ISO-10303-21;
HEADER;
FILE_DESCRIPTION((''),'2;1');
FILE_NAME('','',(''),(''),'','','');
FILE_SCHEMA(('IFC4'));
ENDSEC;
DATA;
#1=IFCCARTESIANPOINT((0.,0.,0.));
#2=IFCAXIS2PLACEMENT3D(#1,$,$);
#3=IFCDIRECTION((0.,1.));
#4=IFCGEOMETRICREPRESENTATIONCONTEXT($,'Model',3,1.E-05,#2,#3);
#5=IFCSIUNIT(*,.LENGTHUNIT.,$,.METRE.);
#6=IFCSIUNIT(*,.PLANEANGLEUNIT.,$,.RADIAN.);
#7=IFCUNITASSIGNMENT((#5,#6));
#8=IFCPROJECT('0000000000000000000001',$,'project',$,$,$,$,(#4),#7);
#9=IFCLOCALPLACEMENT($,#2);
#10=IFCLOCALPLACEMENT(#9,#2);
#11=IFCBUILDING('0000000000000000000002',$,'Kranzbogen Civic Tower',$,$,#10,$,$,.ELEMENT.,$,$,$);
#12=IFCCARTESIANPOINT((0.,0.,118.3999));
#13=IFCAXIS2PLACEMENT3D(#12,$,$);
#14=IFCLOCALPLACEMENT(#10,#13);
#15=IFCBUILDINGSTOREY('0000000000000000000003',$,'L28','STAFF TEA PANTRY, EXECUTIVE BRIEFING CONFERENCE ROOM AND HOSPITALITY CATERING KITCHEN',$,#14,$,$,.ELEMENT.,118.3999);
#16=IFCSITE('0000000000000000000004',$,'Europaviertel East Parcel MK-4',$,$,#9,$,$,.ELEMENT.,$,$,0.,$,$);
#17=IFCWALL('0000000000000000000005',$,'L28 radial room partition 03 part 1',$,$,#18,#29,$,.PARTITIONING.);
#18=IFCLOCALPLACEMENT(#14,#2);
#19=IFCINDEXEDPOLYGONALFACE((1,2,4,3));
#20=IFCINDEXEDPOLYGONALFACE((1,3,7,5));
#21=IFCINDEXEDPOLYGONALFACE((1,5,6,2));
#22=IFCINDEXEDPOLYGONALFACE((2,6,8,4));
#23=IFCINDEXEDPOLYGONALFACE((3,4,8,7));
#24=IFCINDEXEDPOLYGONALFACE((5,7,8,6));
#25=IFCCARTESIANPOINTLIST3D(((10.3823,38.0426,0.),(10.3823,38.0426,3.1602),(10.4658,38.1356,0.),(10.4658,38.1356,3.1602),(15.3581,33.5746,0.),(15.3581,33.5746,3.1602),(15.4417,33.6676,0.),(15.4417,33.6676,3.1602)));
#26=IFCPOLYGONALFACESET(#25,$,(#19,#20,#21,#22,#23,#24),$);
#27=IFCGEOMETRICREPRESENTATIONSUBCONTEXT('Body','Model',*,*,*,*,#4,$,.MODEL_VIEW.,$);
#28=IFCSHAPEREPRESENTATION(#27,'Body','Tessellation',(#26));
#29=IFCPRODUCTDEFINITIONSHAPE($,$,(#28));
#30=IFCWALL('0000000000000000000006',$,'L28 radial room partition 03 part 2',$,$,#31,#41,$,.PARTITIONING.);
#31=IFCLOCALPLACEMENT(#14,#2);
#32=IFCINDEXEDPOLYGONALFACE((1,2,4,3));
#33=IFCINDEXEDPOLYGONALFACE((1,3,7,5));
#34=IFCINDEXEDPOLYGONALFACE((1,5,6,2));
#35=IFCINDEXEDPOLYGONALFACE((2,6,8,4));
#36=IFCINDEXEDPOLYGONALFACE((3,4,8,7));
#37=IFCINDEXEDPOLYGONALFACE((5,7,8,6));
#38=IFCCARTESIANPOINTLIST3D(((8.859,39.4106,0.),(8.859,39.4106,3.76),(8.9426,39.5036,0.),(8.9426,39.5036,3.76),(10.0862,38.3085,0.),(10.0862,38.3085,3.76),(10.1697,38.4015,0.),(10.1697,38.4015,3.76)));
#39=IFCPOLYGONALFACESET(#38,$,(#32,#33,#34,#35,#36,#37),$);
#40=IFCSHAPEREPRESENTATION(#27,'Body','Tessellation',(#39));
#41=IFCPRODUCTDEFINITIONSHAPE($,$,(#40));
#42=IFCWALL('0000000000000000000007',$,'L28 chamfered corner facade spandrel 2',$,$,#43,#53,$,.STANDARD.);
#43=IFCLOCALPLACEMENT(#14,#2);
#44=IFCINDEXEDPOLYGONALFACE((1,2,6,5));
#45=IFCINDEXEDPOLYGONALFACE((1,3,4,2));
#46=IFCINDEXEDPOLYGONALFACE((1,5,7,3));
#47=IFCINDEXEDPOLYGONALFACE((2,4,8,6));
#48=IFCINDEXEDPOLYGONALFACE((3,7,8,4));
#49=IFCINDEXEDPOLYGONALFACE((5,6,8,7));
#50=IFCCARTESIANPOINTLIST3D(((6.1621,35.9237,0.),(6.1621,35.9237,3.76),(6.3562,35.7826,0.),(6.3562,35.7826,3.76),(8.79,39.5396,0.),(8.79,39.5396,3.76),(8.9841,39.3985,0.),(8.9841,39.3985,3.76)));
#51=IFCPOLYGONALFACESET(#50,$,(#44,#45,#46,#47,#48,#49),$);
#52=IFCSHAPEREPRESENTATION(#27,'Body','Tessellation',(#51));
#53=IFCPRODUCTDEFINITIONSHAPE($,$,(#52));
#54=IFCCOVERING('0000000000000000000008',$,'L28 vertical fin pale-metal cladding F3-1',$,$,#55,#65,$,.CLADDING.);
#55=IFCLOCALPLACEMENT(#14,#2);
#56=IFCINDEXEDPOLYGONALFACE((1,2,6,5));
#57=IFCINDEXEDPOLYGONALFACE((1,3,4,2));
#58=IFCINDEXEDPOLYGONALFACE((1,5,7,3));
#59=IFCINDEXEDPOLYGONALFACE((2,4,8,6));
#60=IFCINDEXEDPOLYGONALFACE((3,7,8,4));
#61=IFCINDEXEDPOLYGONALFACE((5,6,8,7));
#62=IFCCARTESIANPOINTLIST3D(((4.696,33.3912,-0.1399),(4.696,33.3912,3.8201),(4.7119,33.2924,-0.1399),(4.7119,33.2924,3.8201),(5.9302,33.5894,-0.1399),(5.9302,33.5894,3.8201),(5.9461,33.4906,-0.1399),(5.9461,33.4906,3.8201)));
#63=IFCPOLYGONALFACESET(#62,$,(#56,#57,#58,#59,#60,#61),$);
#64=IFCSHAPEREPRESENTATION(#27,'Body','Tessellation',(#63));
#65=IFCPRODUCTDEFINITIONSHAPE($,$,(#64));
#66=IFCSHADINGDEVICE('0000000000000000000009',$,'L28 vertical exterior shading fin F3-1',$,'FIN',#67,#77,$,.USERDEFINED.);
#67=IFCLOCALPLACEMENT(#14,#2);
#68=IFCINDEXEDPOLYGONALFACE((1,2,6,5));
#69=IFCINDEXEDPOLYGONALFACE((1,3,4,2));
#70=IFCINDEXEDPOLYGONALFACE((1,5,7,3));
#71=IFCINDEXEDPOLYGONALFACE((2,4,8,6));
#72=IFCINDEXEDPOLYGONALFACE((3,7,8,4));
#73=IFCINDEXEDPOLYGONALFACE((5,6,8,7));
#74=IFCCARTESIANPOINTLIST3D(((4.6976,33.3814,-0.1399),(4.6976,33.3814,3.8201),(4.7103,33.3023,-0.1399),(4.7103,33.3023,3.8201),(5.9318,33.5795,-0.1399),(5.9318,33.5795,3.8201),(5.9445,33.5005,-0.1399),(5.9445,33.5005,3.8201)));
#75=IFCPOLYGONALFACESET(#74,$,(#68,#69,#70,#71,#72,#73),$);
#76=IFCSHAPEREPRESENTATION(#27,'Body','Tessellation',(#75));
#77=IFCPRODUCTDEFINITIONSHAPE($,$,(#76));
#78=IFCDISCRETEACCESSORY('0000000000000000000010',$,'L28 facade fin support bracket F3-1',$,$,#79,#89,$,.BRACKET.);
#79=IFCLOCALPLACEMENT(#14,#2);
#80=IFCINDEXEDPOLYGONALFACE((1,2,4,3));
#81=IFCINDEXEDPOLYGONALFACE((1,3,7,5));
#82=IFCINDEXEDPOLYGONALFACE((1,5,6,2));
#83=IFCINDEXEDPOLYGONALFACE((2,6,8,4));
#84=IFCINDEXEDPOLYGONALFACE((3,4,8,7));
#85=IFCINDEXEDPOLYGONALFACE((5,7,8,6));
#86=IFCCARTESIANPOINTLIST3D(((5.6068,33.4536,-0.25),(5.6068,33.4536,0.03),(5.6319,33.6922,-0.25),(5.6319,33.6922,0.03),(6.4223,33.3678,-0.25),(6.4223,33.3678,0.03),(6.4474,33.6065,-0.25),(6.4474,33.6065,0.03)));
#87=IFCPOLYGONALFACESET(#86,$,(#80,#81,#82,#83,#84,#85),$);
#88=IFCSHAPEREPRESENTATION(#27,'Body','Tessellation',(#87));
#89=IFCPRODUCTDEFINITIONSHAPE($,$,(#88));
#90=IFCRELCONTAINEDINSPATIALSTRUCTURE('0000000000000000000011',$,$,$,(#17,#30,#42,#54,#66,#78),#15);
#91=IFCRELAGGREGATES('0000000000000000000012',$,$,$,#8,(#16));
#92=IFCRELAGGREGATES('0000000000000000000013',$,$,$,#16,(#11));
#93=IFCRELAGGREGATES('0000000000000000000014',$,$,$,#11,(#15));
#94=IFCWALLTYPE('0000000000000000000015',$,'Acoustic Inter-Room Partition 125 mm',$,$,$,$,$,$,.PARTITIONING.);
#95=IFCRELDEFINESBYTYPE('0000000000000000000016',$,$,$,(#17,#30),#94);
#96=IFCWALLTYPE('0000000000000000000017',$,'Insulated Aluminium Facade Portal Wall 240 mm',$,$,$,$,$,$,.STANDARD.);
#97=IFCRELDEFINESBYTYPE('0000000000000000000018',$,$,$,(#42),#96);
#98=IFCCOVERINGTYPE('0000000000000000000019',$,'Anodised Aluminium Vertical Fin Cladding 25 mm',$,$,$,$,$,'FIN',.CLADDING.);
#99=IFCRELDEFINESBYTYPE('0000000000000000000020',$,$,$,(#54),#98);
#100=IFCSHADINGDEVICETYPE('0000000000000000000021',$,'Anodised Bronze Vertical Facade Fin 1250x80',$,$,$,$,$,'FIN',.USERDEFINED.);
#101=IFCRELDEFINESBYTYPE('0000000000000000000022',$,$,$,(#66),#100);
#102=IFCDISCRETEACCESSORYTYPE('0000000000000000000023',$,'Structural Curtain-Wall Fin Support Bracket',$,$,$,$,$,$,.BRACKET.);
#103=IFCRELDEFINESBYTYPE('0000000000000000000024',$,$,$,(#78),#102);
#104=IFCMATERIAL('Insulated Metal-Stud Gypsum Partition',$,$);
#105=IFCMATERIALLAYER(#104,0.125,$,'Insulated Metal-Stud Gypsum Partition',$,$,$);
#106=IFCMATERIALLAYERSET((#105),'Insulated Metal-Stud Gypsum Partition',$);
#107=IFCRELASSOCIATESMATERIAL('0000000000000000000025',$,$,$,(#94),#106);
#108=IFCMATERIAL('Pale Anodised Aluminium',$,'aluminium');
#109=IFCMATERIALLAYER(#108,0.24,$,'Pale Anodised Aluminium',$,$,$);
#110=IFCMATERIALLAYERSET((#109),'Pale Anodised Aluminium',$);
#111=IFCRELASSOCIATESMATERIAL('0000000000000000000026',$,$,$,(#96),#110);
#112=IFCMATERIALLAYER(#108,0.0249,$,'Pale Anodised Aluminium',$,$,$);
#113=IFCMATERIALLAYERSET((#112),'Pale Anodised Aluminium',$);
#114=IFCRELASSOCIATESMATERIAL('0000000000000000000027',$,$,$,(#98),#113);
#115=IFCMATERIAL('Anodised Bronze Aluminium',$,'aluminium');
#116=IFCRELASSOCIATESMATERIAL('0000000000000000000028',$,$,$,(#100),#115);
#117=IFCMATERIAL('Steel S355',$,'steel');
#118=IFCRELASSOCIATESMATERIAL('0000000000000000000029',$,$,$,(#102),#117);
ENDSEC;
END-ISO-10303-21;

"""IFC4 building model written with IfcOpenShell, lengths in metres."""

from ifc_helpers import new_model, si_unit, direction, frame, frame_2d, origin, origin_2d, place, context, subcontext, project, spatial, rectangle, extrude, material, layer, layer_set, type_object, element, save


model = new_model("IFC4")

# Units and contexts
model_context = context("Model", 3, precision=1e-05, world=origin(), true_north=direction((0.0, 1.0)))
body_context = subcontext(model_context, "Body", "Model", "MODEL_VIEW")
ifc_project = project(units=[si_unit("LENGTHUNIT", "METRE"), si_unit("PLANEANGLEUNIT", "RADIAN")], contexts=[model_context])

# Site, building, storey
site_placement = place(None, origin())
site = spatial("IfcSite", under=ifc_project, at=site_placement, Name="Europaviertel East Parcel MK-4", CompositionType="ELEMENT", RefElevation=0.0)
building_placement = place(site_placement, origin())
building = spatial("IfcBuilding", under=site, at=building_placement, Name="Kranzbogen Civic Tower", CompositionType="ELEMENT")
storey_placement = place(building_placement, frame((0.0, 0.0, 118.3999)))
storey = spatial("IfcBuildingStorey", under=building, at=storey_placement, Name="L28", Description="STAFF TEA PANTRY, EXECUTIVE BRIEFING CONFERENCE ROOM AND HOSPITALITY CATERING KITCHEN", CompositionType="ELEMENT", Elevation=118.3999)

# Shared definitions
ifc_material_1 = material(Name="Pale Anodised Aluminium", Category="aluminium")

# Shared definitions
ifc_material_2 = material(Name="Steel S355", Category="steel")

# Walls
ifc_material_3 = material(Name="Insulated Metal-Stud Gypsum Partition")
ifc_layer_1 = layer(ifc_material_3, 0.125, Name="Insulated Metal-Stud Gypsum Partition")
ifc_layer_set_1 = layer_set([ifc_layer_1], Name="Insulated Metal-Stud Gypsum Partition")
wall_type_1 = type_object("IfcWallType", Name="Acoustic Inter-Room Partition 125 mm", PredefinedType="PARTITIONING", material=ifc_layer_set_1)
wall_1_placement = place(storey_placement, frame((15.3999, 33.6211, 0.0), z_axis=(0.0, 0.0, 1.0), x_axis=(-0.744054, 0.668119, 0.0)))
element("IfcWall", 1, at=wall_1_placement, inside=storey, type_object=wall_type_1, Name="L28 radial room partition 03 part 1", PredefinedType="PARTITIONING", context=body_context, shape_type="SweptSolid", body=[
    extrude(rectangle(XDim=6.6875, YDim=0.125, at=frame_2d((3.3438, 0.0))), origin(), (0.0, 0.0, 1.0), 3.1602),
])
wall_2_placement = place(storey_placement, frame((10.1279, 38.355, 0.0), z_axis=(0.0, 0.0, 1.0), x_axis=(-0.743986, 0.668196, 0.0)))
element("IfcWall", 2, at=wall_2_placement, inside=storey, type_object=wall_type_1, Name="L28 radial room partition 03 part 2", PredefinedType="PARTITIONING", context=body_context, shape_type="SweptSolid", body=[
    extrude(rectangle(XDim=1.6494, YDim=0.125, at=frame_2d((0.8247, 0.0))), origin(), (0.0, 0.0, 1.0), 3.76),
])
ifc_layer_2 = layer(ifc_material_1, 0.24, Name="Pale Anodised Aluminium")
ifc_layer_set_2 = layer_set([ifc_layer_2], Name="Pale Anodised Aluminium")
wall_type_2 = type_object("IfcWallType", Name="Insulated Aluminium Facade Portal Wall 240 mm", PredefinedType="STANDARD", material=ifc_layer_set_2)
wall_3_placement = place(storey_placement, frame((8.887, 39.469, 0.0), z_axis=(0.0, 0.0, 1.0), x_axis=(-0.587899, -0.808934, 0.0)))
element("IfcWall", 3, at=wall_3_placement, inside=storey, type_object=wall_type_2, Name="L28 chamfered corner facade spandrel 2", PredefinedType="STANDARD", context=body_context, shape_type="SweptSolid", body=[
    extrude(rectangle(XDim=4.47, YDim=0.24, at=frame_2d((2.2349, 0.0))), origin(), (0.0, 0.0, 1.0), 3.76),
])

# Covering
ifc_layer_3 = layer(ifc_material_1, 0.0249, Name="Pale Anodised Aluminium")
ifc_layer_set_3 = layer_set([ifc_layer_3], Name="Pale Anodised Aluminium")
covering_type = type_object("IfcCoveringType", Name="Anodised Aluminium Vertical Fin Cladding 25 mm", ElementType="FIN", PredefinedType="CLADDING", material=ifc_layer_set_3)
covering_placement = place(storey_placement, frame((5.321, 33.4409, -0.1399), z_axis=(0.0, 0.0, 1.0), x_axis=(-0.98735, -0.158554, 0.0)))
element("IfcCovering", 4, at=covering_placement, inside=storey, type_object=covering_type, Name="L28 vertical fin pale-metal cladding F3-1", PredefinedType="CLADDING", context=body_context, shape_type="SweptSolid", body=[
    extrude(rectangle(XDim=1.25, YDim=0.1001, at=origin_2d()), origin(), (0.0, 0.0, 1.0), 3.96),
])

# Shading device
ifc_material_4 = material(Name="Anodised Bronze Aluminium", Category="aluminium")
shading_device_type = type_object("IfcShadingDeviceType", Name="Anodised Bronze Vertical Facade Fin 1250x80", ElementType="FIN", PredefinedType="USERDEFINED", material=ifc_material_4)
shading_device_placement = place(storey_placement, frame((5.321, 33.4409, -0.1399), z_axis=(0.0, 0.0, 1.0), x_axis=(-0.98735, -0.158554, 0.0)))
element("IfcShadingDevice", 5, at=shading_device_placement, inside=storey, type_object=shading_device_type, Name="L28 vertical exterior shading fin F3-1", ObjectType="FIN", PredefinedType="USERDEFINED", context=body_context, shape_type="SweptSolid", body=[
    extrude(rectangle(XDim=1.25, YDim=0.0801, at=origin_2d()), origin(), (0.0, 0.0, 1.0), 3.96),
])

# Discrete accessory
discrete_accessory_type = type_object("IfcDiscreteAccessoryType", Name="Structural Curtain-Wall Fin Support Bracket", PredefinedType="BRACKET", material=ifc_material_2)
discrete_accessory_placement = place(storey_placement, frame((6.0271, 33.53, -0.25), z_axis=(0.0, 0.0, 1.0), x_axis=(-0.994522, 0.104528, 0.0)))
element("IfcDiscreteAccessory", 6, at=discrete_accessory_placement, inside=storey, type_object=discrete_accessory_type, Name="L28 facade fin support bracket F3-1", PredefinedType="BRACKET", context=body_context, shape_type="SweptSolid", body=[
    extrude(rectangle(XDim=0.8201, YDim=0.24, at=origin_2d()), origin(), (0.0, 0.0, 1.0), 0.28),
])

save(model, "model.ifc")
